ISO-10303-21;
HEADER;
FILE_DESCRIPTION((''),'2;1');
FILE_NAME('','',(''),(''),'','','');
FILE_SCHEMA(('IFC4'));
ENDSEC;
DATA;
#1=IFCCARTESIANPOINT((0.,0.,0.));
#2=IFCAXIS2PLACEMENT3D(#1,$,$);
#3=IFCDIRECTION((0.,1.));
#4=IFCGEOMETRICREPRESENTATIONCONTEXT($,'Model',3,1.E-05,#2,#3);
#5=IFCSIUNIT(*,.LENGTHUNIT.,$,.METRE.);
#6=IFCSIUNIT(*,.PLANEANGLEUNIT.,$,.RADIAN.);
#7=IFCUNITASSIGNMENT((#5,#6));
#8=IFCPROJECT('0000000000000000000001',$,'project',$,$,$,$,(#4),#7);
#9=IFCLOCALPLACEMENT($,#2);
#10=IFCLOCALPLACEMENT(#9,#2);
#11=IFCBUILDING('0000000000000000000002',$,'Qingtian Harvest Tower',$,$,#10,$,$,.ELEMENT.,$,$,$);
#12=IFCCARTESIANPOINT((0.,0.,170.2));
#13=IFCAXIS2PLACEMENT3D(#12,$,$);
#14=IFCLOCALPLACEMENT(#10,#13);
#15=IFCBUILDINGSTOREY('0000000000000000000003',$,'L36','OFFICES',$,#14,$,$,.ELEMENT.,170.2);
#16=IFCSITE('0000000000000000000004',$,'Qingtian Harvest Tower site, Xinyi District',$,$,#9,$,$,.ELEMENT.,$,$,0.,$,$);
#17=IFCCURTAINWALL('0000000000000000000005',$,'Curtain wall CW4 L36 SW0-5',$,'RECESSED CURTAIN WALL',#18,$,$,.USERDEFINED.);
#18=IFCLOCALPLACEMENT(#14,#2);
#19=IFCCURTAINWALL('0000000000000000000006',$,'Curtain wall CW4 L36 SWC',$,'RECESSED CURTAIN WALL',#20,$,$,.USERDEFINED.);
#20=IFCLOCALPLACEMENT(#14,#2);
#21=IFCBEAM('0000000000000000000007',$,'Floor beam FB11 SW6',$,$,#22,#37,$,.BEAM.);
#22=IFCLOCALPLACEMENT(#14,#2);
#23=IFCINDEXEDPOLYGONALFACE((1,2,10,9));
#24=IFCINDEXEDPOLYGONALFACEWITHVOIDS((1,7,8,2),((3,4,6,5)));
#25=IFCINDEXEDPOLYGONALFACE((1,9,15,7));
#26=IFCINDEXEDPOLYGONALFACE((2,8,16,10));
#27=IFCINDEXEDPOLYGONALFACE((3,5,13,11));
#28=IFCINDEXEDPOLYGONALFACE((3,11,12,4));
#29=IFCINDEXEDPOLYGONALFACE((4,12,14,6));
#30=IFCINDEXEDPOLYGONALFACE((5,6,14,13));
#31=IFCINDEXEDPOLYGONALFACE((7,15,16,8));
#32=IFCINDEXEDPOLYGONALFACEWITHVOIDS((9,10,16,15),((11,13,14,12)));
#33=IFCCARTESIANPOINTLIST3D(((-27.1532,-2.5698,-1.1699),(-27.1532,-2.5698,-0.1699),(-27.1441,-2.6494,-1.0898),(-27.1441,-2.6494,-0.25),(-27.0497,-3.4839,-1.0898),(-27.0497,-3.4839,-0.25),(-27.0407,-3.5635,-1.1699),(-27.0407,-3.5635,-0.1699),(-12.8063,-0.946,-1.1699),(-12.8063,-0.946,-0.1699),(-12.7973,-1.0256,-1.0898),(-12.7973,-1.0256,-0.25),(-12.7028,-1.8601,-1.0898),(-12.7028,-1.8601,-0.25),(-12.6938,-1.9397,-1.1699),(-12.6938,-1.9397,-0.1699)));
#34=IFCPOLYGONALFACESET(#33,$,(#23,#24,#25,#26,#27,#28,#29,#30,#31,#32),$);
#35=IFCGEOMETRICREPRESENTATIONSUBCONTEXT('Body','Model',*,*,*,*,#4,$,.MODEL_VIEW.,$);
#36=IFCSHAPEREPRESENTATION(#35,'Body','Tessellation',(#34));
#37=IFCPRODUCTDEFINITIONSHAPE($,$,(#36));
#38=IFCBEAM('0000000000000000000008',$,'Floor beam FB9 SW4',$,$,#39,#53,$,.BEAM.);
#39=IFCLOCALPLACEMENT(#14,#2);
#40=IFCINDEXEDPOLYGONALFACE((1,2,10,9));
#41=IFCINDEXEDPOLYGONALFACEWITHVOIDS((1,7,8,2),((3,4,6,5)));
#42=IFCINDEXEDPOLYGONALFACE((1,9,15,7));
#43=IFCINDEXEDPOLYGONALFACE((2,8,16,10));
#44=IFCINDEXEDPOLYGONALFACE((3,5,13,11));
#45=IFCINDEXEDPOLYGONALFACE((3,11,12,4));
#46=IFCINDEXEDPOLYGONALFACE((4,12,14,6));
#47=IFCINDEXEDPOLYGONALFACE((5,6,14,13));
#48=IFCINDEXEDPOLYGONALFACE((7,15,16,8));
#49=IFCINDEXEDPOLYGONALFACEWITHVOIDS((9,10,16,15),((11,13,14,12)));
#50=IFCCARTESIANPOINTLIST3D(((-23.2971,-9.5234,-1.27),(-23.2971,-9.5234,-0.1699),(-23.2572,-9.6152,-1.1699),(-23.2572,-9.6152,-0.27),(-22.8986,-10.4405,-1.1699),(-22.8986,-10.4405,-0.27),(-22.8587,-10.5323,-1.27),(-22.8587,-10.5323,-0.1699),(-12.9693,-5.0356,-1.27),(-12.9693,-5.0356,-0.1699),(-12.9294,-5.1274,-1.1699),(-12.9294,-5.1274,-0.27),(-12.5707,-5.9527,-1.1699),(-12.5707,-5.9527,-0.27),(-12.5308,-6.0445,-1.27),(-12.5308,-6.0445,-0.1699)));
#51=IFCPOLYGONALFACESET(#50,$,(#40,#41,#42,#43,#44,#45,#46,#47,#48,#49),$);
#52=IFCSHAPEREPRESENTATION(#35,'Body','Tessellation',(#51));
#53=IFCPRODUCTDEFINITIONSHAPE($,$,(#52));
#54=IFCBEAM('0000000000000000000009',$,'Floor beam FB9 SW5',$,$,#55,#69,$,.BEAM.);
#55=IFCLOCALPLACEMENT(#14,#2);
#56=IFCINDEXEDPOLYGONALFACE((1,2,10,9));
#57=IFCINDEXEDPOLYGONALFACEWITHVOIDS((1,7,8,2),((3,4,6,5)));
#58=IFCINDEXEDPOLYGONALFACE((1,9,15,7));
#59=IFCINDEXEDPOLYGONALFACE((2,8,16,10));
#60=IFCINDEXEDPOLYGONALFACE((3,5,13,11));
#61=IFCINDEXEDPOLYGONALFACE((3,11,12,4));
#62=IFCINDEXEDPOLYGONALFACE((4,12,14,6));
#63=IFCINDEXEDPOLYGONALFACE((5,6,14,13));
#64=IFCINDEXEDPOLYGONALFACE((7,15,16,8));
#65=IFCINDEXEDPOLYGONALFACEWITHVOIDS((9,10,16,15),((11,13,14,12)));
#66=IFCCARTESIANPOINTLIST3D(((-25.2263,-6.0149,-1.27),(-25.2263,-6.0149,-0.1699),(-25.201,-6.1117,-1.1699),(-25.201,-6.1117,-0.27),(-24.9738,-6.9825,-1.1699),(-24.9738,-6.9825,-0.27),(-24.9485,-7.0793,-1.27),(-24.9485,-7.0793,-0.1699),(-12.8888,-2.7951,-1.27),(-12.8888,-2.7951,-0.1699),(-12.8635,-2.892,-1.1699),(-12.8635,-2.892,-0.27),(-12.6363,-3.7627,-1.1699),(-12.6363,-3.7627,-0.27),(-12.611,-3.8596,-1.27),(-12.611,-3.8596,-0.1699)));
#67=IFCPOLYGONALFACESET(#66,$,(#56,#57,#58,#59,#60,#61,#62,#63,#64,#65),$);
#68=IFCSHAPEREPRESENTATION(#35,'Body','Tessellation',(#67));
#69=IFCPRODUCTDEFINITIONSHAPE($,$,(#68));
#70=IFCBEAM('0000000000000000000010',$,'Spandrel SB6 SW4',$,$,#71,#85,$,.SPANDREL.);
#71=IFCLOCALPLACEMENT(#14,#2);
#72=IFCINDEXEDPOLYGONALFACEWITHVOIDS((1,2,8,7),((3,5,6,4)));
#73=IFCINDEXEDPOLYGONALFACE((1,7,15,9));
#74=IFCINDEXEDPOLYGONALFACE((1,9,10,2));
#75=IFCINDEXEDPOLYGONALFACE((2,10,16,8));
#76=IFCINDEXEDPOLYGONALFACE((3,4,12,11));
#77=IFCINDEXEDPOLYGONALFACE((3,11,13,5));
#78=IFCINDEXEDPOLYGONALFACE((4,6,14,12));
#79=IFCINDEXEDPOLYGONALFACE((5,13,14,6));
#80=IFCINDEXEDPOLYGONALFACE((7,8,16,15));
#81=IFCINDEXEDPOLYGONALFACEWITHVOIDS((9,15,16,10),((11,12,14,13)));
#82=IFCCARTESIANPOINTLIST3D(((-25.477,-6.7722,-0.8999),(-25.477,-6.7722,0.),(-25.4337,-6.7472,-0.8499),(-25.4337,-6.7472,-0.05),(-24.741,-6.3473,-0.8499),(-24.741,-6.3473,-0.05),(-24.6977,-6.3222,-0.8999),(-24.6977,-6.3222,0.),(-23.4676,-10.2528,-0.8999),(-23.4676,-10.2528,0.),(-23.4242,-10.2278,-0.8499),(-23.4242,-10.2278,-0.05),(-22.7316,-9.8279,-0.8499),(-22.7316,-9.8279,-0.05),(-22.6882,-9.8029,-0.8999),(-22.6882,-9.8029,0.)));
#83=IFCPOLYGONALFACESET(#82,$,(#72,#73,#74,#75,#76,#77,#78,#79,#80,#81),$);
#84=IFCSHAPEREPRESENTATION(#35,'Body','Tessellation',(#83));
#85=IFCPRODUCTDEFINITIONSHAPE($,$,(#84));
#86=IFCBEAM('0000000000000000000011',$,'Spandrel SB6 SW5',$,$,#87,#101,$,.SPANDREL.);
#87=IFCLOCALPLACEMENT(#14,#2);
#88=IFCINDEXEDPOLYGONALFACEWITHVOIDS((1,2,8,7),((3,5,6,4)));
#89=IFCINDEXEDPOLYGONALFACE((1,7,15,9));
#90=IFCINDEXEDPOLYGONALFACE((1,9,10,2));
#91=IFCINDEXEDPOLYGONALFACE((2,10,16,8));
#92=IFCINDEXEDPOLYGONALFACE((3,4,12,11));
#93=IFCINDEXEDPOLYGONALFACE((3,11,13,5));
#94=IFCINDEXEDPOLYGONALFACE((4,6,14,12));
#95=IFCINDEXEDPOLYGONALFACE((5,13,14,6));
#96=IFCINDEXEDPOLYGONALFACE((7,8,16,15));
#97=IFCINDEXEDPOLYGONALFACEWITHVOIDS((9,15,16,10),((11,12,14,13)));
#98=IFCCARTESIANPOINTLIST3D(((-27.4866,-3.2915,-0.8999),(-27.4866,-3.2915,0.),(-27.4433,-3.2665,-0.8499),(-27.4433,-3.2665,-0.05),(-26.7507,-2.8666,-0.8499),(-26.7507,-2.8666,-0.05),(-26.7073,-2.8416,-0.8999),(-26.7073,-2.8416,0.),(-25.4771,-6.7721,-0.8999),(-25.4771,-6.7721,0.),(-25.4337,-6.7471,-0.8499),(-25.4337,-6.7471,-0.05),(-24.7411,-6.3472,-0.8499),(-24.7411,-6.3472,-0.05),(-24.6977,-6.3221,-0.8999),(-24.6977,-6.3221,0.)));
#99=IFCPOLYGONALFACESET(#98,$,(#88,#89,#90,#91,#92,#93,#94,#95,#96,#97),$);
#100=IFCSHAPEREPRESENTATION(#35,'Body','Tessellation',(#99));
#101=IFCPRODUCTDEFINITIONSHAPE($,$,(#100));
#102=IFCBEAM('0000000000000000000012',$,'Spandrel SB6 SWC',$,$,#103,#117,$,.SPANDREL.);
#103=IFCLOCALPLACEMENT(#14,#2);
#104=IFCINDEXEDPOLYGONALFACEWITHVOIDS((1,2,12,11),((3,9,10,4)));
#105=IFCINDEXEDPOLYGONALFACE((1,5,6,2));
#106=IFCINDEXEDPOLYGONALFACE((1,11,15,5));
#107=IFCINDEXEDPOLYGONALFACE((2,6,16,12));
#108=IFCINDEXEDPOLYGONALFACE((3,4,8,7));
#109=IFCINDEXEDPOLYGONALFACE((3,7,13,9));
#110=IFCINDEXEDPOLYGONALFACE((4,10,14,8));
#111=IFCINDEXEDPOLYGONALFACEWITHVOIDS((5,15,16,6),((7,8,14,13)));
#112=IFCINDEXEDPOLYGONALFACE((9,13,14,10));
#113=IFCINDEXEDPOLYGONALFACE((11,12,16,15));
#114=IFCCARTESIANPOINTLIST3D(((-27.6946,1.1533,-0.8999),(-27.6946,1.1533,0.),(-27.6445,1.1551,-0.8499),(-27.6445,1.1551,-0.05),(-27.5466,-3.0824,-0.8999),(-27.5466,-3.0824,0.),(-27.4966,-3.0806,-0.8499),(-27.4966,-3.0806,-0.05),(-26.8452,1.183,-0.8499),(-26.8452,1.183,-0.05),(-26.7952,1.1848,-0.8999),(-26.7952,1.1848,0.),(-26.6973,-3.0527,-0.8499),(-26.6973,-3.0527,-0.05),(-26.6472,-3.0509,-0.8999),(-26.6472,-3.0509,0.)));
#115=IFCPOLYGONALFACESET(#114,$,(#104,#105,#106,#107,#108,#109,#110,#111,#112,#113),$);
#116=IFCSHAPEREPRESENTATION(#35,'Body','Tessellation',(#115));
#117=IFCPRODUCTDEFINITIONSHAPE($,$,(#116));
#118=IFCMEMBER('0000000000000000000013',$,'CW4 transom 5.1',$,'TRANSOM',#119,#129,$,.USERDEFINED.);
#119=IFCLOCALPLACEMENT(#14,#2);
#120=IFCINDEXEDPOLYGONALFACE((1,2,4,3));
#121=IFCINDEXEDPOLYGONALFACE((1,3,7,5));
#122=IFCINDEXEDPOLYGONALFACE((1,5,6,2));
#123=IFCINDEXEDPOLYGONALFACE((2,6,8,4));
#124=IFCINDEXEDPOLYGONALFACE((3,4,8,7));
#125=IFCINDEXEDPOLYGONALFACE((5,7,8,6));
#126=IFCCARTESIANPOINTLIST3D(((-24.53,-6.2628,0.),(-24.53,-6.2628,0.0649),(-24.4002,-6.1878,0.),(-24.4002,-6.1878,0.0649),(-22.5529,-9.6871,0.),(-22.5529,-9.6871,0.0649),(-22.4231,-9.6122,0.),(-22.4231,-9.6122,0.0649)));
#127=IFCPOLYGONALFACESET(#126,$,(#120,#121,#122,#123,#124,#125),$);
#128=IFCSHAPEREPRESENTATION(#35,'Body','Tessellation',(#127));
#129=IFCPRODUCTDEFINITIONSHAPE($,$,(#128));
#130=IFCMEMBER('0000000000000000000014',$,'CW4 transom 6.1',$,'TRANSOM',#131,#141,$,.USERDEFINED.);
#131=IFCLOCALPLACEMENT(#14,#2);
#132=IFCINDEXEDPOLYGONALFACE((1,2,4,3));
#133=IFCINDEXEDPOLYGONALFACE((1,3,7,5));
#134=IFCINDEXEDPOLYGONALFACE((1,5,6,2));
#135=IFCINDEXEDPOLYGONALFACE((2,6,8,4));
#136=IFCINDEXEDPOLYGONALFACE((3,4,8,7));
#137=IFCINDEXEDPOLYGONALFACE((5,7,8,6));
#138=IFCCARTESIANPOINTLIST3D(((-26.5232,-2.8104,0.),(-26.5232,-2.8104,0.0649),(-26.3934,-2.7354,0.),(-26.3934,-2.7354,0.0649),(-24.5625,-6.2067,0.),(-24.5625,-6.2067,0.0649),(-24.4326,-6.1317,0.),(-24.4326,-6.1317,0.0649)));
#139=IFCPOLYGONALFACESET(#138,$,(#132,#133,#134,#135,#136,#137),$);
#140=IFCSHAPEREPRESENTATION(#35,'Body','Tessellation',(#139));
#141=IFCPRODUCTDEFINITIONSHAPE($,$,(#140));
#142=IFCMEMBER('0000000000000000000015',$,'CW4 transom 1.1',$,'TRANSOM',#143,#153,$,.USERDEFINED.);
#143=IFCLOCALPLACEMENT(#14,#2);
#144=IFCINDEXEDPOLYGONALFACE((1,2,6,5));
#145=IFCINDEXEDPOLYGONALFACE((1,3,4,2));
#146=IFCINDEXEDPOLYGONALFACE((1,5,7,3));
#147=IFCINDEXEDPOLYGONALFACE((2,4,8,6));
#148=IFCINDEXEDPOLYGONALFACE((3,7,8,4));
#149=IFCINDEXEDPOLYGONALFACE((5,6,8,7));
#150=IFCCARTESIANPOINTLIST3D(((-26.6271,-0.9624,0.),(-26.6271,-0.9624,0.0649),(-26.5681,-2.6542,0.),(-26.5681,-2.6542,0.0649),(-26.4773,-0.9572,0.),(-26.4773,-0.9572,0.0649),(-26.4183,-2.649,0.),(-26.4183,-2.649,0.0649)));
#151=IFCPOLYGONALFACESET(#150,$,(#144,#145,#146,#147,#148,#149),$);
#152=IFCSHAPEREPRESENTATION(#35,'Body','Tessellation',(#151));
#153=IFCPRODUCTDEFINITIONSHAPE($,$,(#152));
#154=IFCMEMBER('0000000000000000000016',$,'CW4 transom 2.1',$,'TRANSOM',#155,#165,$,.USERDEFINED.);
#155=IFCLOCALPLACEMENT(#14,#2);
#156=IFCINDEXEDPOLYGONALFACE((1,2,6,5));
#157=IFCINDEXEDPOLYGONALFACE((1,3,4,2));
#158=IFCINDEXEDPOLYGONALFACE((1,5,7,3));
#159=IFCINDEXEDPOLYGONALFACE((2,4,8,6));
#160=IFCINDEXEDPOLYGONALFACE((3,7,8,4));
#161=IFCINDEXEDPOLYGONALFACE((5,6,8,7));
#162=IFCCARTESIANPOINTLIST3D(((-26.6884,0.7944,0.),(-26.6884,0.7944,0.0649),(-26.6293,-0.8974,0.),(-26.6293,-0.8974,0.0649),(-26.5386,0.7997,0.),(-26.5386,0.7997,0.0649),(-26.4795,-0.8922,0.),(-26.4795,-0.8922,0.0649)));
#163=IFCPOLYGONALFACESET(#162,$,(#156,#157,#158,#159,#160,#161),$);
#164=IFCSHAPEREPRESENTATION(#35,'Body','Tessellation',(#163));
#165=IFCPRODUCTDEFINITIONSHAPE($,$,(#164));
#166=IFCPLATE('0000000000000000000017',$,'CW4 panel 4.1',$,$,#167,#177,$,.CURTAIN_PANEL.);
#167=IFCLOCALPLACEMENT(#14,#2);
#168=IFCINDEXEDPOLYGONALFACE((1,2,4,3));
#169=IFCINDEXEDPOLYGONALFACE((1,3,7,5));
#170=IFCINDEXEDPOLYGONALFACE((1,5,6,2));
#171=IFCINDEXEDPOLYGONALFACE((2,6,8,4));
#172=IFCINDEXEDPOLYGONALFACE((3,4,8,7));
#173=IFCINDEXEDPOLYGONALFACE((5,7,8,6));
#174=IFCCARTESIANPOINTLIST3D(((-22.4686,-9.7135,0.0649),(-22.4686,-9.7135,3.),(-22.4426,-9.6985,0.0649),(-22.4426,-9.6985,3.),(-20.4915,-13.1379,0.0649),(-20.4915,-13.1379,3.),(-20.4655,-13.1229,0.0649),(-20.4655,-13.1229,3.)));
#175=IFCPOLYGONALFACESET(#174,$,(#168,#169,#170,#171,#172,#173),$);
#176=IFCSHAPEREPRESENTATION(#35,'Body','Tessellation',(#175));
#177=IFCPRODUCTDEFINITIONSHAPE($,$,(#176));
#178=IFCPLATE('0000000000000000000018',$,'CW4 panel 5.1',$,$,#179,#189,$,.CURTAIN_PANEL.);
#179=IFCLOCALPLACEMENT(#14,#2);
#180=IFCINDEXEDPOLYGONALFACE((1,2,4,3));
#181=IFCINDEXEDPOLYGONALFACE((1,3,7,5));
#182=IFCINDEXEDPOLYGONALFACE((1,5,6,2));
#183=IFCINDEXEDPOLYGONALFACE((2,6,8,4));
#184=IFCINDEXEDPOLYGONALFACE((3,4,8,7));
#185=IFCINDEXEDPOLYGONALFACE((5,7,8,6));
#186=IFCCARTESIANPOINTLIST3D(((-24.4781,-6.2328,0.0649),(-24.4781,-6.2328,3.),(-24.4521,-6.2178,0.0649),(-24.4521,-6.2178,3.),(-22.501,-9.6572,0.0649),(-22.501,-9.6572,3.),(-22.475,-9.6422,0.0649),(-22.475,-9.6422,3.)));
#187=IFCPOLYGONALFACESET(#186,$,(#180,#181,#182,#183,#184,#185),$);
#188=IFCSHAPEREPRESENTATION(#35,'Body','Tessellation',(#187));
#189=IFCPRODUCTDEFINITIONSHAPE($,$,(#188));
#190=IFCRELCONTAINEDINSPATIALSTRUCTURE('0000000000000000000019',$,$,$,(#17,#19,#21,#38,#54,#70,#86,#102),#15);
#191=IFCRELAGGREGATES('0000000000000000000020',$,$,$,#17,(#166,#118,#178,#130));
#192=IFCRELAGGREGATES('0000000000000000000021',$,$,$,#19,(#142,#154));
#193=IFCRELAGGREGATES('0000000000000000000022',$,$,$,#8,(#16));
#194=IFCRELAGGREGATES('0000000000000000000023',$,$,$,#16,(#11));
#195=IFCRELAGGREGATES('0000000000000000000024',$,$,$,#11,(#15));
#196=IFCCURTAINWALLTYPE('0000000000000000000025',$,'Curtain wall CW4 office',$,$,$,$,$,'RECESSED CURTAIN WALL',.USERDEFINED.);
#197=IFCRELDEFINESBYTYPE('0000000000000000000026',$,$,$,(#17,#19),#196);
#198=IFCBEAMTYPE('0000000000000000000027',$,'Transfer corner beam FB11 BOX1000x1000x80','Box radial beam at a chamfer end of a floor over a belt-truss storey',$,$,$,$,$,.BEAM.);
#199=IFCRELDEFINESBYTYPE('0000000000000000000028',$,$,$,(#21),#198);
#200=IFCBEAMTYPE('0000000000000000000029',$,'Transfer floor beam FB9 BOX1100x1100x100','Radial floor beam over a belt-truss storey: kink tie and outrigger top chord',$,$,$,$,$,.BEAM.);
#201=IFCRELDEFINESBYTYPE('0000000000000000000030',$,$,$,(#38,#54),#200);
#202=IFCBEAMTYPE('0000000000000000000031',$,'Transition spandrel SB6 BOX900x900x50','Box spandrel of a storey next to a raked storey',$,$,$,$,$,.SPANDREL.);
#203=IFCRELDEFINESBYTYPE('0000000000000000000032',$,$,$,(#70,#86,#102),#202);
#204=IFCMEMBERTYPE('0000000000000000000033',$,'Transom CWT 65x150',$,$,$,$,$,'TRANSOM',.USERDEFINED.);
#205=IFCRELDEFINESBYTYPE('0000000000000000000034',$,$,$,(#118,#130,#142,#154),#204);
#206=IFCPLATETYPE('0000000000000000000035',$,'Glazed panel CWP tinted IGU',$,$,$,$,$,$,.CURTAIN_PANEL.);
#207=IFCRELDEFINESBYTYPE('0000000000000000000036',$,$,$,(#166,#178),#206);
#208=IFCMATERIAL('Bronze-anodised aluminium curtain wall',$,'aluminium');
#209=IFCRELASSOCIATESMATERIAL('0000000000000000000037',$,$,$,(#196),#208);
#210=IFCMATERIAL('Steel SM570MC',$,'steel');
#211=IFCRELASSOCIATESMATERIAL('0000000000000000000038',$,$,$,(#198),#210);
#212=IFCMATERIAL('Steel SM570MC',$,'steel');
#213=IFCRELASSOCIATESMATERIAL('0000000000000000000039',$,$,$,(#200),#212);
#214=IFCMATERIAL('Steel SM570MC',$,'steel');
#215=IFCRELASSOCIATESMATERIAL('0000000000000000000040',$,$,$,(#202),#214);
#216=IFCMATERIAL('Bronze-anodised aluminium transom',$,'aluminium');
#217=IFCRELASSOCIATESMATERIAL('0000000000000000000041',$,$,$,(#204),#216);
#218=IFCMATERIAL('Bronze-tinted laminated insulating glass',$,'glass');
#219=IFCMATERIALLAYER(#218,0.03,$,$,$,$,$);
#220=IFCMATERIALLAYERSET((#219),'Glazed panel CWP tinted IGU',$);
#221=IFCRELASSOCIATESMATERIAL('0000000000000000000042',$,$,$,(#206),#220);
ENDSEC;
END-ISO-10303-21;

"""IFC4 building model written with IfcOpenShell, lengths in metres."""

from ifc_helpers import new_model, si_unit, direction, frame, origin, origin_2d, place, context, subcontext, project, spatial, rectangle, hollow_rectangle, extrude, material, layer, layer_set, material_profile, profile_set, type_object, element, aggregate, save


model = new_model("IFC4")

# Units and contexts
model_context = context("Model", 3, precision=1e-05, world=origin(), true_north=direction((0.0, 1.0)))
body_context = subcontext(model_context, "Body", "Model", "MODEL_VIEW")
ifc_project = project(units=[si_unit("LENGTHUNIT", "METRE"), si_unit("PLANEANGLEUNIT", "RADIAN")], contexts=[model_context])

# Site, building, storey
site_placement = place(None, origin())
site = spatial("IfcSite", under=ifc_project, at=site_placement, Name="Qingtian Harvest Tower site, Xinyi District", CompositionType="ELEMENT", RefElevation=0.0)
building_placement = place(site_placement, origin())
building = spatial("IfcBuilding", under=site, at=building_placement, Name="Qingtian Harvest Tower", CompositionType="ELEMENT")
storey_placement = place(building_placement, frame((0.0, 0.0, 170.2)))
storey = spatial("IfcBuildingStorey", under=building, at=storey_placement, Name="L36", Description="OFFICES", CompositionType="ELEMENT", Elevation=170.2)

# Curtain walls
ifc_material_1 = material(Name="Bronze-anodised aluminium curtain wall", Category="aluminium")
curtain_wall_type = type_object("IfcCurtainWallType", Name="Curtain wall CW4 office", ElementType="RECESSED CURTAIN WALL", PredefinedType="USERDEFINED", material=ifc_material_1)
curtain_wall_1_placement = place(storey_placement, origin())
curtain_wall_1 = element("IfcCurtainWall", 1, at=curtain_wall_1_placement, inside=storey, type_object=curtain_wall_type, Name="Curtain wall CW4 L36 SW0-5", ObjectType="RECESSED CURTAIN WALL", PredefinedType="USERDEFINED")
curtain_wall_2_placement = place(storey_placement, origin())
curtain_wall_2 = element("IfcCurtainWall", 2, at=curtain_wall_2_placement, inside=storey, type_object=curtain_wall_type, Name="Curtain wall CW4 L36 SWC", ObjectType="RECESSED CURTAIN WALL", PredefinedType="USERDEFINED")

# Beams
ifc_material_2 = material(Name="Steel SM570MC", Category="steel")
ifc_material_profile_1 = material_profile(ifc_material_2, hollow_rectangle(XDim=1.0, YDim=1.0, WallThickness=0.0801, at=origin_2d()), Name="BOX1000x1000x80")
ifc_profile_set_1 = profile_set([ifc_material_profile_1], Name="Steel SM570MC")
beam_type_1 = type_object("IfcBeamType", Name="Transfer corner beam FB11 BOX1000x1000x80", Description="Box radial beam at a chamfer end of a floor over a belt-truss storey", PredefinedType="BEAM", material=ifc_profile_set_1)
beam_1_placement = place(storey_placement, frame((-27.0969, -3.0667, -0.6699), z_axis=(0.993656, 0.112462, 0.0), x_axis=(-0.112462, 0.993656, 0.0)))
element("IfcBeam", 3, at=beam_1_placement, inside=storey, type_object=beam_type_1, Name="Floor beam FB11 SW6", PredefinedType="BEAM", context=body_context, shape_type="SweptSolid", body=[
    extrude(hollow_rectangle(XDim=1.0, YDim=1.0, WallThickness=0.0801, at=origin_2d()), origin(), (0.0, 0.0, 1.0), 14.4385),
])
ifc_material_3 = material(Name="Steel SM570MC", Category="steel")
ifc_material_profile_2 = material_profile(ifc_material_3, hollow_rectangle(XDim=1.1001, YDim=1.1001, WallThickness=0.1001, at=origin_2d()), Name="BOX1100x1100x100")
ifc_profile_set_2 = profile_set([ifc_material_profile_2], Name="Steel SM570MC")
beam_type_2 = type_object("IfcBeamType", Name="Transfer floor beam FB9 BOX1100x1100x100", Description="Radial floor beam over a belt-truss storey: kink tie and outrigger top chord", PredefinedType="BEAM", material=ifc_profile_set_2)
beam_2_placement = place(storey_placement, frame((-23.0779, -10.0278, -0.72), z_axis=(0.917154, 0.398533, 0.0), x_axis=(-0.398533, 0.917154, 0.0)))
element("IfcBeam", 4, at=beam_2_placement, inside=storey, type_object=beam_type_2, Name="Floor beam FB9 SW4", PredefinedType="BEAM", context=body_context, shape_type="SweptSolid", body=[
    extrude(hollow_rectangle(XDim=1.1001, YDim=1.1001, WallThickness=0.1001, at=origin_2d()), origin(), (0.0, 0.0, 1.0), 11.2607),
])
beam_3_placement = place(storey_placement, frame((-25.0874, -6.5471, -0.72), z_axis=(0.967593, 0.252515, 0.0), x_axis=(-0.252515, 0.967593, 0.0)))
element("IfcBeam", 5, at=beam_3_placement, inside=storey, type_object=beam_type_2, Name="Floor beam FB9 SW5", PredefinedType="BEAM", context=body_context, shape_type="SweptSolid", body=[
    extrude(hollow_rectangle(XDim=1.1001, YDim=1.1001, WallThickness=0.1001, at=origin_2d()), origin(), (0.0, 0.0, 1.0), 12.7507),
])
ifc_material_4 = material(Name="Steel SM570MC", Category="steel")
ifc_material_profile_3 = material_profile(ifc_material_4, hollow_rectangle(XDim=0.8999, YDim=0.8999, WallThickness=0.05, at=origin_2d()), Name="BOX900x900x50")
ifc_profile_set_3 = profile_set([ifc_material_profile_3], Name="Steel SM570MC")
beam_type_3 = type_object("IfcBeamType", Name="Transition spandrel SB6 BOX900x900x50", Description="Box spandrel of a storey next to a raked storey", PredefinedType="SPANDREL", material=ifc_profile_set_3)
for number, where, z_axis, x_axis, name in (
    (6, (-23.0779, -10.0278, -0.45), (-0.499987, 0.866033, 0.0), (-0.866033, -0.499987, 0.0), "Spandrel SB6 SW4"),
    (7, (-25.0874, -6.5471, -0.45), (-0.500013, 0.866018, 0.0), (-0.866018, -0.500013, 0.0), "Spandrel SB6 SW5"),
):
    element("IfcBeam", number, at=place(storey_placement, frame(where, z_axis=z_axis, x_axis=x_axis)), inside=storey, type_object=beam_type_3, Name=name, PredefinedType="SPANDREL", context=body_context, shape_type="SweptSolid", body=[
        extrude(hollow_rectangle(XDim=0.8999, YDim=0.8999, WallThickness=0.05, at=origin_2d()), origin(), (0.0, 0.0, 1.0), 4.019),
    ])
beam_4_placement = place(storey_placement, frame((-27.0969, -3.0667, -0.45), z_axis=(-0.034909, 0.999391, 0.0), x_axis=(-0.999391, -0.034909, 0.0)))
element("IfcBeam", 8, at=beam_4_placement, inside=storey, type_object=beam_type_3, Name="Spandrel SB6 SWC", PredefinedType="SPANDREL", context=body_context, shape_type="SweptSolid", body=[
    extrude(hollow_rectangle(XDim=0.8999, YDim=0.8999, WallThickness=0.05, at=origin_2d()), origin(), (0.0, 0.0, 1.0), 4.2383),
])

# Members
ifc_material_5 = material(Name="Bronze-anodised aluminium transom", Category="aluminium")
ifc_material_profile_4 = material_profile(ifc_material_5, rectangle(XDim=0.1499, YDim=0.0649, at=origin_2d()), Name="AL 65x150")
ifc_profile_set_4 = profile_set([ifc_material_profile_4], Name="Bronze-anodised aluminium transom")
member_type_1 = type_object("IfcMemberType", Name="Transom CWT 65x150", ElementType="TRANSOM", PredefinedType="USERDEFINED", material=ifc_profile_set_4)
member_1_placement = place(storey_placement, frame((-22.488, -9.6497, 0.0325), z_axis=(-0.500004, 0.866023, 0.0), x_axis=(-0.866023, -0.500004, 0.0)))
member_1 = element("IfcMember", 9, at=member_1_placement, type_object=member_type_1, Name="CW4 transom 5.1", ObjectType="TRANSOM", PredefinedType="USERDEFINED", context=body_context, shape_type="SweptSolid", body=[
    extrude(rectangle(XDim=0.1499, YDim=0.0649, at=origin_2d()), origin(), (0.0, 0.0, 1.0), 3.9541),
])
member_2_placement = place(storey_placement, frame((-24.4976, -6.1692, 0.0325), z_axis=(-0.499976, 0.866039, 0.0), x_axis=(-0.866039, -0.499976, 0.0)))
member_2 = element("IfcMember", 10, at=member_2_placement, type_object=member_type_1, Name="CW4 transom 6.1", ObjectType="TRANSOM", PredefinedType="USERDEFINED", context=body_context, shape_type="SweptSolid", body=[
    extrude(rectangle(XDim=0.1499, YDim=0.0649, at=origin_2d()), origin(), (0.0, 0.0, 1.0), 3.9216),
])
member_3_placement = place(storey_placement, frame((-26.4932, -2.6516, 0.0325), z_axis=(-0.034899, 0.999391, 0.0), x_axis=(-0.999391, -0.034899, 0.0)))
member_3 = element("IfcMember", 11, at=member_3_placement, type_object=member_type_1, Name="CW4 transom 1.1", ObjectType="TRANSOM", PredefinedType="USERDEFINED", context=body_context, shape_type="SweptSolid", body=[
    extrude(rectangle(XDim=0.1499, YDim=0.0649, at=origin_2d()), origin(), (0.0, 0.0, 1.0), 1.6929),
])
member_4_placement = place(storey_placement, frame((-26.5544, -0.8948, 0.0325), z_axis=(-0.034899, 0.999391, 0.0), x_axis=(-0.999391, -0.034899, 0.0)))
member_4 = element("IfcMember", 12, at=member_4_placement, type_object=member_type_1, Name="CW4 transom 2.1", ObjectType="TRANSOM", PredefinedType="USERDEFINED", context=body_context, shape_type="SweptSolid", body=[
    extrude(rectangle(XDim=0.1499, YDim=0.0649, at=origin_2d()), origin(), (0.0, 0.0, 1.0), 1.6929),
])

# Plates
ifc_material_6 = material(Name="Bronze-tinted laminated insulating glass", Category="glass")
ifc_layer_1 = layer(ifc_material_6, 0.03)
ifc_layer_set_1 = layer_set([ifc_layer_1], Name="Glazed panel CWP tinted IGU")
plate_type = type_object("IfcPlateType", Name="Glazed panel CWP tinted IGU", PredefinedType="CURTAIN_PANEL", material=ifc_layer_set_1)
plate_1_placement = place(storey_placement, frame((-21.467, -11.4182, 0.0649), z_axis=(0.0, 0.0, 1.0), x_axis=(-0.5, 0.866025, 0.0)))
plate_1 = element("IfcPlate", 13, at=plate_1_placement, type_object=plate_type, Name="CW4 panel 4.1", PredefinedType="CURTAIN_PANEL", context=body_context, shape_type="SweptSolid", body=[
    extrude(rectangle(XDim=3.9541, YDim=0.03, at=origin_2d()), origin(), (0.0, 0.0, 1.0), 2.9351),
])
plate_2_placement = place(storey_placement, frame((-23.4766, -7.9375, 0.0649), z_axis=(0.0, 0.0, 1.0), x_axis=(-0.5, 0.866025, 0.0)))
plate_2 = element("IfcPlate", 14, at=plate_2_placement, type_object=plate_type, Name="CW4 panel 5.1", PredefinedType="CURTAIN_PANEL", context=body_context, shape_type="SweptSolid", body=[
    extrude(rectangle(XDim=3.9541, YDim=0.03, at=origin_2d()), origin(), (0.0, 0.0, 1.0), 2.9351),
])
aggregate(curtain_wall_1, [plate_1, member_1, plate_2, member_2])
aggregate(curtain_wall_2, [member_3, member_4])

save(model, "model.ifc")
